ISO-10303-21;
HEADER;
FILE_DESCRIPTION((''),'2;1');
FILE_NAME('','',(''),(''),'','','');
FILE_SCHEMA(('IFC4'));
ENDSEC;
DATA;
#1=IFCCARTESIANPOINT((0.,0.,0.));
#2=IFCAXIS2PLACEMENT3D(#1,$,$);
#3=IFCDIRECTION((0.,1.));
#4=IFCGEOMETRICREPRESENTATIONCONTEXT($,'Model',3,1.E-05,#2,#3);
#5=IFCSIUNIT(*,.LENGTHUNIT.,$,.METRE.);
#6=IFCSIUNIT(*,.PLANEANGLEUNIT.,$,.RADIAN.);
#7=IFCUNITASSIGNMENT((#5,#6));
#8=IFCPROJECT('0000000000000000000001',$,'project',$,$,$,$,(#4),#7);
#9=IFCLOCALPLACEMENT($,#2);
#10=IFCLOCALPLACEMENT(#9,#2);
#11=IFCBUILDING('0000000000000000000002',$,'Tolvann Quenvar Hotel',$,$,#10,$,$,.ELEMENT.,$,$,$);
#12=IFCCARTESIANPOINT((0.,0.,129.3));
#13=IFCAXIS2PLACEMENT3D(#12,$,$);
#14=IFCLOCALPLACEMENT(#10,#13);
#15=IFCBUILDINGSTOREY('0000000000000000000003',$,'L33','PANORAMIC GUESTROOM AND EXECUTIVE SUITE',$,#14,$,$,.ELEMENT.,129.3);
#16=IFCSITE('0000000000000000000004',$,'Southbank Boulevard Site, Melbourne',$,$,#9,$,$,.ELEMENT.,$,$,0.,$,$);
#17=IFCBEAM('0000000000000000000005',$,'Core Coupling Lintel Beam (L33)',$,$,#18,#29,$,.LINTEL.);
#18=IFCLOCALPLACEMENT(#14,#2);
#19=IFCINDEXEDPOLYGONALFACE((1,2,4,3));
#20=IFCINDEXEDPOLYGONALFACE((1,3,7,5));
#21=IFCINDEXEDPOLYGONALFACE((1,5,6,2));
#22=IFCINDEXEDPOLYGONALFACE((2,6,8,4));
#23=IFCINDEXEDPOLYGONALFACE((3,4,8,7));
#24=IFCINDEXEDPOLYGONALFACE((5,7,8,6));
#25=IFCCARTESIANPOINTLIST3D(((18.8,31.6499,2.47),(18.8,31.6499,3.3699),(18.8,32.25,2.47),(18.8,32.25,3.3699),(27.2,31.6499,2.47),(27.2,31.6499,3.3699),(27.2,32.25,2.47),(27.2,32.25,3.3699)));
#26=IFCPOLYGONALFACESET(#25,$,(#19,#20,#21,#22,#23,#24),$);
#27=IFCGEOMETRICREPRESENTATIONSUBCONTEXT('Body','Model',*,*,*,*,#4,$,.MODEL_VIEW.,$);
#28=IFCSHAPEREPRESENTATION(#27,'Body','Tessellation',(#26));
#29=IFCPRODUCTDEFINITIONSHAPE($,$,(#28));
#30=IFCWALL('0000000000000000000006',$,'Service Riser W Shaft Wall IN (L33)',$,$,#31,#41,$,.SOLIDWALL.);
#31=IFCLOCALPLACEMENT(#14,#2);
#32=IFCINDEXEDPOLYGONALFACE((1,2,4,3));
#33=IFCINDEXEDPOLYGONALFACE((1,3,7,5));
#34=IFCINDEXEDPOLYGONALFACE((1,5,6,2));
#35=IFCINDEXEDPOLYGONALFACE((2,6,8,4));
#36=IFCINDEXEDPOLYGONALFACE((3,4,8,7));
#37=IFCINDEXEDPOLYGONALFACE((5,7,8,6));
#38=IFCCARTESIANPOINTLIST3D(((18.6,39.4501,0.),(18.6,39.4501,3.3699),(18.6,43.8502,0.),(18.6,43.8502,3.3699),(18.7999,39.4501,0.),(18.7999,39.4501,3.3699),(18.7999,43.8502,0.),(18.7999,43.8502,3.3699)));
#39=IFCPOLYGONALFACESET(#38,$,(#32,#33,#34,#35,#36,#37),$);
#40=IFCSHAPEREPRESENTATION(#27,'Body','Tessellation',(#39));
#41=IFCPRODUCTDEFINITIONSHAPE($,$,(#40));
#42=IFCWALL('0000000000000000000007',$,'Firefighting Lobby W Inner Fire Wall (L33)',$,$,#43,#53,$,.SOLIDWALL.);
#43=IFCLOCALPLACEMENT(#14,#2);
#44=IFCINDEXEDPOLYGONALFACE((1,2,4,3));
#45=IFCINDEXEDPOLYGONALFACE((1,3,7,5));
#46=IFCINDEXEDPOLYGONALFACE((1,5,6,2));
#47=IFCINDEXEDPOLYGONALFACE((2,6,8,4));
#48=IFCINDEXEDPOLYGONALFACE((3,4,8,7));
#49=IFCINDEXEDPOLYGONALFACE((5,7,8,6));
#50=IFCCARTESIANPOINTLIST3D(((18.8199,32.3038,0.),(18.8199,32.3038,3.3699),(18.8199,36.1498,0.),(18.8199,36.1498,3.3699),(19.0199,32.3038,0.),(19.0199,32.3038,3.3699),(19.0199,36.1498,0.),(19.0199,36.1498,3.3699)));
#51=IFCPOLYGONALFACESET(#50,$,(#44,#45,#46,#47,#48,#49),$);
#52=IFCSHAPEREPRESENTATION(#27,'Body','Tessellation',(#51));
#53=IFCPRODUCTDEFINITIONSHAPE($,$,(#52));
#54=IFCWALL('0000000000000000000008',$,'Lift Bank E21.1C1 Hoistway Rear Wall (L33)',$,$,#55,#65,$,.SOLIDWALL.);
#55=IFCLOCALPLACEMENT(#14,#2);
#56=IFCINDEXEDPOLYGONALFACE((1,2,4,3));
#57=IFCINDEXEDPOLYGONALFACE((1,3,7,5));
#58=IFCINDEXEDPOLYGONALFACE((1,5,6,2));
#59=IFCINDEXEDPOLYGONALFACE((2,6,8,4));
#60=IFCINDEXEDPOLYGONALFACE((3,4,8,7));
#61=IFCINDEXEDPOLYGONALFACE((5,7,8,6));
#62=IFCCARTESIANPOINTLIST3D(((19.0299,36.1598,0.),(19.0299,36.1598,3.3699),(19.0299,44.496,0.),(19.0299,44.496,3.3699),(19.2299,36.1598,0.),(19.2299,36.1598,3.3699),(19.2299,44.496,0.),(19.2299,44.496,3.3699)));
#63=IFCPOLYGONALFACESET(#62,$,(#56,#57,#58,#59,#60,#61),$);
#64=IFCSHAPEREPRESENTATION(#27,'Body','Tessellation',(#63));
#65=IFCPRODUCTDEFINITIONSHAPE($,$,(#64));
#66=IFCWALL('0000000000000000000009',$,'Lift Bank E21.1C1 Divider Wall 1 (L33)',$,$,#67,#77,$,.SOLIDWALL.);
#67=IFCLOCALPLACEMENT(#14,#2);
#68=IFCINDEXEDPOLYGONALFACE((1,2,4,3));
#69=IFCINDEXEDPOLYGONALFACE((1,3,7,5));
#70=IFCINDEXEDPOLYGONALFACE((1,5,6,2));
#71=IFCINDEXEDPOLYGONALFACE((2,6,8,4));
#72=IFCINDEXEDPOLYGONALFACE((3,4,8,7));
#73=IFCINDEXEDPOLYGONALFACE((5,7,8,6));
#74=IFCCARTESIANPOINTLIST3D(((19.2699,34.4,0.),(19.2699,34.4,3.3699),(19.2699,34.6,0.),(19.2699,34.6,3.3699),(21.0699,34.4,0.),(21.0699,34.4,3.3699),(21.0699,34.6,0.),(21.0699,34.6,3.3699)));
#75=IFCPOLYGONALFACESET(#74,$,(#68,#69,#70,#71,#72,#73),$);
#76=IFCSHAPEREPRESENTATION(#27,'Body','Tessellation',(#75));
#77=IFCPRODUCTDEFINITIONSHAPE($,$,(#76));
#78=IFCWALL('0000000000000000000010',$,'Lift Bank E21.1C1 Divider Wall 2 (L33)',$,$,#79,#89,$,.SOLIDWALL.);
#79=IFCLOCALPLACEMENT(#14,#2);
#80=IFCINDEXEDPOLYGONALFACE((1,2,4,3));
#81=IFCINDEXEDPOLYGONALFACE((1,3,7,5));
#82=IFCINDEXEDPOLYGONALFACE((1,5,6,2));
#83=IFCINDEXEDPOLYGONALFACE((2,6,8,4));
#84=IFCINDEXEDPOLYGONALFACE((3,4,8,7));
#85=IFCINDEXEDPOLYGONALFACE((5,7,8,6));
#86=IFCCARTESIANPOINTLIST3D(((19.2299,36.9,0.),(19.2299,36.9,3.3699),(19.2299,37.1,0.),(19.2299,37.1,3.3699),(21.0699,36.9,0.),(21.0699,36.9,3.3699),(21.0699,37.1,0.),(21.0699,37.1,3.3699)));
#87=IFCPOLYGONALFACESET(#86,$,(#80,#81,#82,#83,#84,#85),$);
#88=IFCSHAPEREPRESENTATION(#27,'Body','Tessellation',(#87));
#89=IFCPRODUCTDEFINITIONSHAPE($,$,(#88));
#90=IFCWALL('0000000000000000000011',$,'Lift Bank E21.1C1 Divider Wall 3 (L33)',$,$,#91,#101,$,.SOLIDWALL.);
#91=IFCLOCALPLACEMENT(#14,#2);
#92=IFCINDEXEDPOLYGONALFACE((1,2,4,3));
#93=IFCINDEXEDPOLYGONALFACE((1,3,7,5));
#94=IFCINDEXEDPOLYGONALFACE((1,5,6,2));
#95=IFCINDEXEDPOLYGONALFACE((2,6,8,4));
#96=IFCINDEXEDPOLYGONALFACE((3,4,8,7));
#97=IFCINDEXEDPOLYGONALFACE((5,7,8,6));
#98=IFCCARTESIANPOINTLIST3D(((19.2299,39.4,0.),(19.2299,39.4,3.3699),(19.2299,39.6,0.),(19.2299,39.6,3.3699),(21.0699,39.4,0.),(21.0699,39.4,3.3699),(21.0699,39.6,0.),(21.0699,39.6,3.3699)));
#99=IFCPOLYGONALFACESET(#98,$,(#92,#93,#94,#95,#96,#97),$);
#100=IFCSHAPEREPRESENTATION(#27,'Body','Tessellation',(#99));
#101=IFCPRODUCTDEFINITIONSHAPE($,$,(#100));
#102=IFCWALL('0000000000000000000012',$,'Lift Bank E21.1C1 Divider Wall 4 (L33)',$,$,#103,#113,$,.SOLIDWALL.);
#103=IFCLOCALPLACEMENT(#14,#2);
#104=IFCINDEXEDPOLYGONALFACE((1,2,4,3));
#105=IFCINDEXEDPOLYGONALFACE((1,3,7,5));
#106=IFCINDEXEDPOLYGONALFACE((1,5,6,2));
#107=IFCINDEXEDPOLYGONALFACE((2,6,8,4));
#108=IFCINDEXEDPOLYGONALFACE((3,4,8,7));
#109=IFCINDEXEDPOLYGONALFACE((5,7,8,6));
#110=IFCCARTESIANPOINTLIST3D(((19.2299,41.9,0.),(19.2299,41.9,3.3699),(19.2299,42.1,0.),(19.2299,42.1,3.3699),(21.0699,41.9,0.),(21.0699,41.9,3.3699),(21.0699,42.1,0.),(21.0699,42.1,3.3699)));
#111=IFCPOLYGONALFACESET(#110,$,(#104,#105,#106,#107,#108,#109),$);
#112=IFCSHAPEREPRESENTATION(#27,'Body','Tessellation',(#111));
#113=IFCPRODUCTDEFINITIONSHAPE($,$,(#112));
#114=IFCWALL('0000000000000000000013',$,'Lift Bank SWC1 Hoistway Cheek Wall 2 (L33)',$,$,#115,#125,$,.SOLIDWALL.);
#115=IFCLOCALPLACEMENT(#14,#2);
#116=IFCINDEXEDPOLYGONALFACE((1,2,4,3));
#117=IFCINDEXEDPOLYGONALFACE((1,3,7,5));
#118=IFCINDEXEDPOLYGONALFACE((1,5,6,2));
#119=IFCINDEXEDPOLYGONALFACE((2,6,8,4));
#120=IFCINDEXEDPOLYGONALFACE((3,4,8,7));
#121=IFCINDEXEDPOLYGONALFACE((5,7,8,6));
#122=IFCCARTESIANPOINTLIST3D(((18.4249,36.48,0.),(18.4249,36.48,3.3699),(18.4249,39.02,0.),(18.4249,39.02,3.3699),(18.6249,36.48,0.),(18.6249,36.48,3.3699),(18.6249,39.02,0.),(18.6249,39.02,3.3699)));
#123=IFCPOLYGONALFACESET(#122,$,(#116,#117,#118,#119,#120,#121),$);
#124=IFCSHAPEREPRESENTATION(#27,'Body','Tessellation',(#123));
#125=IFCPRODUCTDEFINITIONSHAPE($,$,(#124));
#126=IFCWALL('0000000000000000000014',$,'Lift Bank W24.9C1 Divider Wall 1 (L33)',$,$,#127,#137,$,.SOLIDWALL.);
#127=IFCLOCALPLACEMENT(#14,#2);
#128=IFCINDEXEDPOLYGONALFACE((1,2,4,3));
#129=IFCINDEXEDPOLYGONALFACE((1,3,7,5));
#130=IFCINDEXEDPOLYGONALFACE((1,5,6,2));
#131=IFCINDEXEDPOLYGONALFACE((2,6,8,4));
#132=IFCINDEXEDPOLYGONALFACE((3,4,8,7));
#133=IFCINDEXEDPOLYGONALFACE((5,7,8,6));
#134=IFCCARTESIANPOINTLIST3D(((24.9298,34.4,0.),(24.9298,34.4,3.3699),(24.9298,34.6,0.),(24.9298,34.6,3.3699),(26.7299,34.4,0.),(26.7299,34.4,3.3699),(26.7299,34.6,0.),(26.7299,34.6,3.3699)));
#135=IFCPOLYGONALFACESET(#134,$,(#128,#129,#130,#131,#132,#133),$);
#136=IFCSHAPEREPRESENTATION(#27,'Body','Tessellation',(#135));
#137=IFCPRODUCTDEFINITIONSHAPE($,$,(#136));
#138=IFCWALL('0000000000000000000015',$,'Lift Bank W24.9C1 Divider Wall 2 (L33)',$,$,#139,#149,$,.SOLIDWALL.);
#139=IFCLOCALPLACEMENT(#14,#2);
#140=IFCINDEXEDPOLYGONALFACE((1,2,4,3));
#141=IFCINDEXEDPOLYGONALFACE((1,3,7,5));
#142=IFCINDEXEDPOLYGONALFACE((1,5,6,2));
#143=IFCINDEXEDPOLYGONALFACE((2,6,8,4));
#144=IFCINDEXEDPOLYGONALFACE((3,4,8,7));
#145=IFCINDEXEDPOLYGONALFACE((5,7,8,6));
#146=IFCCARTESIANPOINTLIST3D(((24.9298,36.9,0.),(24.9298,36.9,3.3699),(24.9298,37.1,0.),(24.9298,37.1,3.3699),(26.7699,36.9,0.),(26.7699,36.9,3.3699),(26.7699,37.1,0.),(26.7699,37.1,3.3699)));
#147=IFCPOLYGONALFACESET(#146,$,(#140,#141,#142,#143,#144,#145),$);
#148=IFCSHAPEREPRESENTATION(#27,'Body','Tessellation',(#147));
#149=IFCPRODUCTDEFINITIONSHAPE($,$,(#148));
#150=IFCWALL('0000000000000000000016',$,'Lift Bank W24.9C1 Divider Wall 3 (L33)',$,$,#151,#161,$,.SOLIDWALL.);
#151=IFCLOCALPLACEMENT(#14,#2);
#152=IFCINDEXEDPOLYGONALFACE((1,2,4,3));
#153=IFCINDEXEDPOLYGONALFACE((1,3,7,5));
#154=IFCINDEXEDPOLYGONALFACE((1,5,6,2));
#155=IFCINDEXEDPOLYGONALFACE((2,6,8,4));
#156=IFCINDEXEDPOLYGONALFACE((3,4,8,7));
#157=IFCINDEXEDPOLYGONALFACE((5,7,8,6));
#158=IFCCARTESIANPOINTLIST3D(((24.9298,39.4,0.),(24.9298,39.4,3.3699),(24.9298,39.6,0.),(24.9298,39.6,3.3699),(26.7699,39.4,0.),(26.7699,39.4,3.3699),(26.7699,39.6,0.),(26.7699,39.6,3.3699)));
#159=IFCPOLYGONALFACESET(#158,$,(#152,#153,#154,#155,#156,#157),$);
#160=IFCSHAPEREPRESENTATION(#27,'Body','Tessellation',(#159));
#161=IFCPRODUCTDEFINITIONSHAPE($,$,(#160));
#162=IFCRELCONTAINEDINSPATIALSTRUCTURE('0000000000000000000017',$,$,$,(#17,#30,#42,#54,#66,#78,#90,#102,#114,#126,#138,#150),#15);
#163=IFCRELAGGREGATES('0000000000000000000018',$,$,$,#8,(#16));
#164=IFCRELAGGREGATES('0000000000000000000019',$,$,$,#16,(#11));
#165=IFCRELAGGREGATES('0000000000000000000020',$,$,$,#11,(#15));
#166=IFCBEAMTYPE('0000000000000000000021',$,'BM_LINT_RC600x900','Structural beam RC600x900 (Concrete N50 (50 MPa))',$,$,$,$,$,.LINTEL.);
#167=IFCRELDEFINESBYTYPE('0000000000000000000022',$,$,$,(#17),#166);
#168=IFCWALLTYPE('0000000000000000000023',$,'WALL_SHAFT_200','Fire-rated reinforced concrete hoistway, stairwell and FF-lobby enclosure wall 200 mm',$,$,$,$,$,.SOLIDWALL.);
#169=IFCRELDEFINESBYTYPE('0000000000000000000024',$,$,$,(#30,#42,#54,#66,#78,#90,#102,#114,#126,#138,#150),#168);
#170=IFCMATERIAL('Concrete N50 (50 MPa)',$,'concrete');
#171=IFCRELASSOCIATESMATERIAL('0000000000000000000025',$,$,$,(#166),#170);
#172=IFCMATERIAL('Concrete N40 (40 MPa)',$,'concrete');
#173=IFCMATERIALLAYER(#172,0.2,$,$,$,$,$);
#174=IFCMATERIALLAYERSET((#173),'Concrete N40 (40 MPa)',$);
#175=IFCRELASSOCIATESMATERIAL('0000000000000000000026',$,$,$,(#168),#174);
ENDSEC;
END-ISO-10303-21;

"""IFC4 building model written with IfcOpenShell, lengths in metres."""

from ifc_helpers import new_model, si_unit, direction, frame, frame_2d, origin, origin_2d, place, context, subcontext, project, spatial, rectangle, extrude, source, transform, mapped, material, layer, layer_set, material_profile, profile_set, type_object, type_shapes, element, save


model = new_model("IFC4")

# Units and contexts
model_context = context("Model", 3, precision=1e-05, world=origin(), true_north=direction((0.0, 1.0)))
body_context = subcontext(model_context, "Body", "Model", "MODEL_VIEW")
ifc_project = project(units=[si_unit("LENGTHUNIT", "METRE"), si_unit("PLANEANGLEUNIT", "RADIAN")], contexts=[model_context])

# Site, building, storey
site_placement = place(None, origin())
site = spatial("IfcSite", under=ifc_project, at=site_placement, Name="Southbank Boulevard Site, Melbourne", CompositionType="ELEMENT", RefElevation=0.0)
building_placement = place(site_placement, origin())
building = spatial("IfcBuilding", under=site, at=building_placement, Name="Tolvann Quenvar Hotel", CompositionType="ELEMENT")
storey_placement = place(building_placement, frame((0.0, 0.0, 129.3)))
storey = spatial("IfcBuildingStorey", under=building, at=storey_placement, Name="L33", Description="PANORAMIC GUESTROOM AND EXECUTIVE SUITE", CompositionType="ELEMENT", Elevation=129.3)

# Beam
ifc_material_1 = material(Name="Concrete N50 (50 MPa)", Category="concrete")
ifc_material_profile = material_profile(ifc_material_1, rectangle(XDim=0.6001, YDim=0.8999, at=origin_2d()), Name="RC600x900")
ifc_profile_set = profile_set([ifc_material_profile], Name="Concrete N50 (50 MPa)")
beam_type = type_object("IfcBeamType", Name="BM_LINT_RC600x900", Description="Structural beam RC600x900 (Concrete N50 (50 MPa))", PredefinedType="LINTEL", material=ifc_profile_set)
shared_shape_1 = source(origin(), body_context, "Body", "SweptSolid", [
    extrude(rectangle(XDim=0.6001, YDim=0.8999, at=origin_2d()), origin(), (0.0, 0.0, 1.0), 8.3999),
])
type_shapes(beam_type, [shared_shape_1])
beam_placement = place(storey_placement, frame((18.8, 31.95, 2.9199), z_axis=(1.0, 0.0, 0.0), x_axis=(0.0, 1.0, 0.0)))
element("IfcBeam", 1, at=beam_placement, inside=storey, type_object=beam_type, Name="Core Coupling Lintel Beam (L33)", PredefinedType="LINTEL", context=body_context, shape_type="MappedRepresentation", body=[
    mapped(shared_shape_1, transform((0.0, 0.0, 0.0), x_axis=(1.0, 0.0, 0.0), y_axis=(0.0, 1.0, 0.0), z_axis=(0.0, 0.0, 1.0), scale=1.0)),
])

# Walls
ifc_material_2 = material(Name="Concrete N40 (40 MPa)", Category="concrete")
ifc_layer = layer(ifc_material_2, 0.2)
ifc_layer_set = layer_set([ifc_layer], Name="Concrete N40 (40 MPa)")
wall_type = type_object("IfcWallType", Name="WALL_SHAFT_200", Description="Fire-rated reinforced concrete hoistway, stairwell and FF-lobby enclosure wall 200 mm", PredefinedType="SOLIDWALL", material=ifc_layer_set)
wall_1_placement = place(storey_placement, frame((18.7, 39.45, 0.0), z_axis=(0.0, 0.0, 1.0), x_axis=(0.0, 1.0, 0.0)))
element("IfcWall", 2, at=wall_1_placement, inside=storey, type_object=wall_type, Name="Service Riser W Shaft Wall IN (L33)", PredefinedType="SOLIDWALL", context=body_context, shape_type="SweptSolid", body=[
    extrude(rectangle(XDim=4.4001, YDim=0.2, at=frame_2d((2.2002, 0.0))), origin(), (0.0, 0.0, 1.0), 3.3699),
])
wall_2_placement = place(storey_placement, frame((18.9199, 32.304, 0.0), z_axis=(0.0, 0.0, 1.0), x_axis=(0.0, 1.0, 0.0)))
element("IfcWall", 3, at=wall_2_placement, inside=storey, type_object=wall_type, Name="Firefighting Lobby W Inner Fire Wall (L33)", PredefinedType="SOLIDWALL", context=body_context, shape_type="SweptSolid", body=[
    extrude(rectangle(XDim=3.8459, YDim=0.2, at=frame_2d((1.9229, 0.0))), origin(), (0.0, 0.0, 1.0), 3.3699),
])

# Walls
wall_3_placement = place(storey_placement, frame((19.1299, 36.1599, 0.0), z_axis=(0.0, 0.0, 1.0), x_axis=(0.0, 1.0, 0.0)))
element("IfcWall", 4, at=wall_3_placement, inside=storey, type_object=wall_type, Name="Lift Bank E21.1C1 Hoistway Rear Wall (L33)", PredefinedType="SOLIDWALL", context=body_context, shape_type="SweptSolid", body=[
    extrude(rectangle(XDim=8.3362, YDim=0.2, at=frame_2d((4.168, 0.0))), origin(), (0.0, 0.0, 1.0), 3.3699),
])
wall_4_placement = place(storey_placement, frame((19.27, 34.5, 0.0), z_axis=(0.0, 0.0, 1.0), x_axis=(1.0, 0.0, 0.0)))
element("IfcWall", 5, at=wall_4_placement, inside=storey, type_object=wall_type, Name="Lift Bank E21.1C1 Divider Wall 1 (L33)", PredefinedType="SOLIDWALL", context=body_context, shape_type="SweptSolid", body=[
    extrude(rectangle(XDim=1.8, YDim=0.2, at=frame_2d((0.8999, 0.0))), origin(), (0.0, 0.0, 1.0), 3.3699),
])
for number, where, z_axis, x_axis, name in (
    (6, (19.23, 37.0, 0.0), (0.0, 0.0, 1.0), (1.0, 0.0, 0.0), "Lift Bank E21.1C1 Divider Wall 2 (L33)"),
    (7, (19.23, 39.5, 0.0), (0.0, 0.0, 1.0), (1.0, 0.0, 0.0), "Lift Bank E21.1C1 Divider Wall 3 (L33)"),
    (8, (19.23, 42.0, 0.0), (0.0, 0.0, 1.0), (1.0, 0.0, 0.0), "Lift Bank E21.1C1 Divider Wall 4 (L33)"),
):
    element("IfcWall", number, at=place(storey_placement, frame(where, z_axis=z_axis, x_axis=x_axis)), inside=storey, type_object=wall_type, Name=name, PredefinedType="SOLIDWALL", context=body_context, shape_type="SweptSolid", body=[
        extrude(rectangle(XDim=1.8401, YDim=0.2, at=frame_2d((0.9199, 0.0))), origin(), (0.0, 0.0, 1.0), 3.3699),
    ])
wall_5_placement = place(storey_placement, frame((18.5249, 36.48, 0.0), z_axis=(0.0, 0.0, 1.0), x_axis=(0.0, 1.0, 0.0)))
element("IfcWall", 9, at=wall_5_placement, inside=storey, type_object=wall_type, Name="Lift Bank SWC1 Hoistway Cheek Wall 2 (L33)", PredefinedType="SOLIDWALL", context=body_context, shape_type="SweptSolid", body=[
    extrude(rectangle(XDim=2.54, YDim=0.2, at=frame_2d((1.27, 0.0))), origin(), (0.0, 0.0, 1.0), 3.3699),
])

# Walls
wall_6_placement = place(storey_placement, frame((24.9299, 34.5, 0.0), z_axis=(0.0, 0.0, 1.0), x_axis=(1.0, 0.0, 0.0)))
element("IfcWall", 10, at=wall_6_placement, inside=storey, type_object=wall_type, Name="Lift Bank W24.9C1 Divider Wall 1 (L33)", PredefinedType="SOLIDWALL", context=body_context, shape_type="SweptSolid", body=[
    extrude(rectangle(XDim=1.8, YDim=0.2, at=frame_2d((0.8999, 0.0))), origin(), (0.0, 0.0, 1.0), 3.3699),
])
for number, where, z_axis, x_axis, name in (
    (11, (24.9299, 37.0, 0.0), (0.0, 0.0, 1.0), (1.0, 0.0, 0.0), "Lift Bank W24.9C1 Divider Wall 2 (L33)"),
    (12, (24.9299, 39.5, 0.0), (0.0, 0.0, 1.0), (1.0, 0.0, 0.0), "Lift Bank W24.9C1 Divider Wall 3 (L33)"),
):
    element("IfcWall", number, at=place(storey_placement, frame(where, z_axis=z_axis, x_axis=x_axis)), inside=storey, type_object=wall_type, Name=name, PredefinedType="SOLIDWALL", context=body_context, shape_type="SweptSolid", body=[
        extrude(rectangle(XDim=1.8401, YDim=0.2, at=frame_2d((0.9199, 0.0))), origin(), (0.0, 0.0, 1.0), 3.3699),
    ])

save(model, "model.ifc")
